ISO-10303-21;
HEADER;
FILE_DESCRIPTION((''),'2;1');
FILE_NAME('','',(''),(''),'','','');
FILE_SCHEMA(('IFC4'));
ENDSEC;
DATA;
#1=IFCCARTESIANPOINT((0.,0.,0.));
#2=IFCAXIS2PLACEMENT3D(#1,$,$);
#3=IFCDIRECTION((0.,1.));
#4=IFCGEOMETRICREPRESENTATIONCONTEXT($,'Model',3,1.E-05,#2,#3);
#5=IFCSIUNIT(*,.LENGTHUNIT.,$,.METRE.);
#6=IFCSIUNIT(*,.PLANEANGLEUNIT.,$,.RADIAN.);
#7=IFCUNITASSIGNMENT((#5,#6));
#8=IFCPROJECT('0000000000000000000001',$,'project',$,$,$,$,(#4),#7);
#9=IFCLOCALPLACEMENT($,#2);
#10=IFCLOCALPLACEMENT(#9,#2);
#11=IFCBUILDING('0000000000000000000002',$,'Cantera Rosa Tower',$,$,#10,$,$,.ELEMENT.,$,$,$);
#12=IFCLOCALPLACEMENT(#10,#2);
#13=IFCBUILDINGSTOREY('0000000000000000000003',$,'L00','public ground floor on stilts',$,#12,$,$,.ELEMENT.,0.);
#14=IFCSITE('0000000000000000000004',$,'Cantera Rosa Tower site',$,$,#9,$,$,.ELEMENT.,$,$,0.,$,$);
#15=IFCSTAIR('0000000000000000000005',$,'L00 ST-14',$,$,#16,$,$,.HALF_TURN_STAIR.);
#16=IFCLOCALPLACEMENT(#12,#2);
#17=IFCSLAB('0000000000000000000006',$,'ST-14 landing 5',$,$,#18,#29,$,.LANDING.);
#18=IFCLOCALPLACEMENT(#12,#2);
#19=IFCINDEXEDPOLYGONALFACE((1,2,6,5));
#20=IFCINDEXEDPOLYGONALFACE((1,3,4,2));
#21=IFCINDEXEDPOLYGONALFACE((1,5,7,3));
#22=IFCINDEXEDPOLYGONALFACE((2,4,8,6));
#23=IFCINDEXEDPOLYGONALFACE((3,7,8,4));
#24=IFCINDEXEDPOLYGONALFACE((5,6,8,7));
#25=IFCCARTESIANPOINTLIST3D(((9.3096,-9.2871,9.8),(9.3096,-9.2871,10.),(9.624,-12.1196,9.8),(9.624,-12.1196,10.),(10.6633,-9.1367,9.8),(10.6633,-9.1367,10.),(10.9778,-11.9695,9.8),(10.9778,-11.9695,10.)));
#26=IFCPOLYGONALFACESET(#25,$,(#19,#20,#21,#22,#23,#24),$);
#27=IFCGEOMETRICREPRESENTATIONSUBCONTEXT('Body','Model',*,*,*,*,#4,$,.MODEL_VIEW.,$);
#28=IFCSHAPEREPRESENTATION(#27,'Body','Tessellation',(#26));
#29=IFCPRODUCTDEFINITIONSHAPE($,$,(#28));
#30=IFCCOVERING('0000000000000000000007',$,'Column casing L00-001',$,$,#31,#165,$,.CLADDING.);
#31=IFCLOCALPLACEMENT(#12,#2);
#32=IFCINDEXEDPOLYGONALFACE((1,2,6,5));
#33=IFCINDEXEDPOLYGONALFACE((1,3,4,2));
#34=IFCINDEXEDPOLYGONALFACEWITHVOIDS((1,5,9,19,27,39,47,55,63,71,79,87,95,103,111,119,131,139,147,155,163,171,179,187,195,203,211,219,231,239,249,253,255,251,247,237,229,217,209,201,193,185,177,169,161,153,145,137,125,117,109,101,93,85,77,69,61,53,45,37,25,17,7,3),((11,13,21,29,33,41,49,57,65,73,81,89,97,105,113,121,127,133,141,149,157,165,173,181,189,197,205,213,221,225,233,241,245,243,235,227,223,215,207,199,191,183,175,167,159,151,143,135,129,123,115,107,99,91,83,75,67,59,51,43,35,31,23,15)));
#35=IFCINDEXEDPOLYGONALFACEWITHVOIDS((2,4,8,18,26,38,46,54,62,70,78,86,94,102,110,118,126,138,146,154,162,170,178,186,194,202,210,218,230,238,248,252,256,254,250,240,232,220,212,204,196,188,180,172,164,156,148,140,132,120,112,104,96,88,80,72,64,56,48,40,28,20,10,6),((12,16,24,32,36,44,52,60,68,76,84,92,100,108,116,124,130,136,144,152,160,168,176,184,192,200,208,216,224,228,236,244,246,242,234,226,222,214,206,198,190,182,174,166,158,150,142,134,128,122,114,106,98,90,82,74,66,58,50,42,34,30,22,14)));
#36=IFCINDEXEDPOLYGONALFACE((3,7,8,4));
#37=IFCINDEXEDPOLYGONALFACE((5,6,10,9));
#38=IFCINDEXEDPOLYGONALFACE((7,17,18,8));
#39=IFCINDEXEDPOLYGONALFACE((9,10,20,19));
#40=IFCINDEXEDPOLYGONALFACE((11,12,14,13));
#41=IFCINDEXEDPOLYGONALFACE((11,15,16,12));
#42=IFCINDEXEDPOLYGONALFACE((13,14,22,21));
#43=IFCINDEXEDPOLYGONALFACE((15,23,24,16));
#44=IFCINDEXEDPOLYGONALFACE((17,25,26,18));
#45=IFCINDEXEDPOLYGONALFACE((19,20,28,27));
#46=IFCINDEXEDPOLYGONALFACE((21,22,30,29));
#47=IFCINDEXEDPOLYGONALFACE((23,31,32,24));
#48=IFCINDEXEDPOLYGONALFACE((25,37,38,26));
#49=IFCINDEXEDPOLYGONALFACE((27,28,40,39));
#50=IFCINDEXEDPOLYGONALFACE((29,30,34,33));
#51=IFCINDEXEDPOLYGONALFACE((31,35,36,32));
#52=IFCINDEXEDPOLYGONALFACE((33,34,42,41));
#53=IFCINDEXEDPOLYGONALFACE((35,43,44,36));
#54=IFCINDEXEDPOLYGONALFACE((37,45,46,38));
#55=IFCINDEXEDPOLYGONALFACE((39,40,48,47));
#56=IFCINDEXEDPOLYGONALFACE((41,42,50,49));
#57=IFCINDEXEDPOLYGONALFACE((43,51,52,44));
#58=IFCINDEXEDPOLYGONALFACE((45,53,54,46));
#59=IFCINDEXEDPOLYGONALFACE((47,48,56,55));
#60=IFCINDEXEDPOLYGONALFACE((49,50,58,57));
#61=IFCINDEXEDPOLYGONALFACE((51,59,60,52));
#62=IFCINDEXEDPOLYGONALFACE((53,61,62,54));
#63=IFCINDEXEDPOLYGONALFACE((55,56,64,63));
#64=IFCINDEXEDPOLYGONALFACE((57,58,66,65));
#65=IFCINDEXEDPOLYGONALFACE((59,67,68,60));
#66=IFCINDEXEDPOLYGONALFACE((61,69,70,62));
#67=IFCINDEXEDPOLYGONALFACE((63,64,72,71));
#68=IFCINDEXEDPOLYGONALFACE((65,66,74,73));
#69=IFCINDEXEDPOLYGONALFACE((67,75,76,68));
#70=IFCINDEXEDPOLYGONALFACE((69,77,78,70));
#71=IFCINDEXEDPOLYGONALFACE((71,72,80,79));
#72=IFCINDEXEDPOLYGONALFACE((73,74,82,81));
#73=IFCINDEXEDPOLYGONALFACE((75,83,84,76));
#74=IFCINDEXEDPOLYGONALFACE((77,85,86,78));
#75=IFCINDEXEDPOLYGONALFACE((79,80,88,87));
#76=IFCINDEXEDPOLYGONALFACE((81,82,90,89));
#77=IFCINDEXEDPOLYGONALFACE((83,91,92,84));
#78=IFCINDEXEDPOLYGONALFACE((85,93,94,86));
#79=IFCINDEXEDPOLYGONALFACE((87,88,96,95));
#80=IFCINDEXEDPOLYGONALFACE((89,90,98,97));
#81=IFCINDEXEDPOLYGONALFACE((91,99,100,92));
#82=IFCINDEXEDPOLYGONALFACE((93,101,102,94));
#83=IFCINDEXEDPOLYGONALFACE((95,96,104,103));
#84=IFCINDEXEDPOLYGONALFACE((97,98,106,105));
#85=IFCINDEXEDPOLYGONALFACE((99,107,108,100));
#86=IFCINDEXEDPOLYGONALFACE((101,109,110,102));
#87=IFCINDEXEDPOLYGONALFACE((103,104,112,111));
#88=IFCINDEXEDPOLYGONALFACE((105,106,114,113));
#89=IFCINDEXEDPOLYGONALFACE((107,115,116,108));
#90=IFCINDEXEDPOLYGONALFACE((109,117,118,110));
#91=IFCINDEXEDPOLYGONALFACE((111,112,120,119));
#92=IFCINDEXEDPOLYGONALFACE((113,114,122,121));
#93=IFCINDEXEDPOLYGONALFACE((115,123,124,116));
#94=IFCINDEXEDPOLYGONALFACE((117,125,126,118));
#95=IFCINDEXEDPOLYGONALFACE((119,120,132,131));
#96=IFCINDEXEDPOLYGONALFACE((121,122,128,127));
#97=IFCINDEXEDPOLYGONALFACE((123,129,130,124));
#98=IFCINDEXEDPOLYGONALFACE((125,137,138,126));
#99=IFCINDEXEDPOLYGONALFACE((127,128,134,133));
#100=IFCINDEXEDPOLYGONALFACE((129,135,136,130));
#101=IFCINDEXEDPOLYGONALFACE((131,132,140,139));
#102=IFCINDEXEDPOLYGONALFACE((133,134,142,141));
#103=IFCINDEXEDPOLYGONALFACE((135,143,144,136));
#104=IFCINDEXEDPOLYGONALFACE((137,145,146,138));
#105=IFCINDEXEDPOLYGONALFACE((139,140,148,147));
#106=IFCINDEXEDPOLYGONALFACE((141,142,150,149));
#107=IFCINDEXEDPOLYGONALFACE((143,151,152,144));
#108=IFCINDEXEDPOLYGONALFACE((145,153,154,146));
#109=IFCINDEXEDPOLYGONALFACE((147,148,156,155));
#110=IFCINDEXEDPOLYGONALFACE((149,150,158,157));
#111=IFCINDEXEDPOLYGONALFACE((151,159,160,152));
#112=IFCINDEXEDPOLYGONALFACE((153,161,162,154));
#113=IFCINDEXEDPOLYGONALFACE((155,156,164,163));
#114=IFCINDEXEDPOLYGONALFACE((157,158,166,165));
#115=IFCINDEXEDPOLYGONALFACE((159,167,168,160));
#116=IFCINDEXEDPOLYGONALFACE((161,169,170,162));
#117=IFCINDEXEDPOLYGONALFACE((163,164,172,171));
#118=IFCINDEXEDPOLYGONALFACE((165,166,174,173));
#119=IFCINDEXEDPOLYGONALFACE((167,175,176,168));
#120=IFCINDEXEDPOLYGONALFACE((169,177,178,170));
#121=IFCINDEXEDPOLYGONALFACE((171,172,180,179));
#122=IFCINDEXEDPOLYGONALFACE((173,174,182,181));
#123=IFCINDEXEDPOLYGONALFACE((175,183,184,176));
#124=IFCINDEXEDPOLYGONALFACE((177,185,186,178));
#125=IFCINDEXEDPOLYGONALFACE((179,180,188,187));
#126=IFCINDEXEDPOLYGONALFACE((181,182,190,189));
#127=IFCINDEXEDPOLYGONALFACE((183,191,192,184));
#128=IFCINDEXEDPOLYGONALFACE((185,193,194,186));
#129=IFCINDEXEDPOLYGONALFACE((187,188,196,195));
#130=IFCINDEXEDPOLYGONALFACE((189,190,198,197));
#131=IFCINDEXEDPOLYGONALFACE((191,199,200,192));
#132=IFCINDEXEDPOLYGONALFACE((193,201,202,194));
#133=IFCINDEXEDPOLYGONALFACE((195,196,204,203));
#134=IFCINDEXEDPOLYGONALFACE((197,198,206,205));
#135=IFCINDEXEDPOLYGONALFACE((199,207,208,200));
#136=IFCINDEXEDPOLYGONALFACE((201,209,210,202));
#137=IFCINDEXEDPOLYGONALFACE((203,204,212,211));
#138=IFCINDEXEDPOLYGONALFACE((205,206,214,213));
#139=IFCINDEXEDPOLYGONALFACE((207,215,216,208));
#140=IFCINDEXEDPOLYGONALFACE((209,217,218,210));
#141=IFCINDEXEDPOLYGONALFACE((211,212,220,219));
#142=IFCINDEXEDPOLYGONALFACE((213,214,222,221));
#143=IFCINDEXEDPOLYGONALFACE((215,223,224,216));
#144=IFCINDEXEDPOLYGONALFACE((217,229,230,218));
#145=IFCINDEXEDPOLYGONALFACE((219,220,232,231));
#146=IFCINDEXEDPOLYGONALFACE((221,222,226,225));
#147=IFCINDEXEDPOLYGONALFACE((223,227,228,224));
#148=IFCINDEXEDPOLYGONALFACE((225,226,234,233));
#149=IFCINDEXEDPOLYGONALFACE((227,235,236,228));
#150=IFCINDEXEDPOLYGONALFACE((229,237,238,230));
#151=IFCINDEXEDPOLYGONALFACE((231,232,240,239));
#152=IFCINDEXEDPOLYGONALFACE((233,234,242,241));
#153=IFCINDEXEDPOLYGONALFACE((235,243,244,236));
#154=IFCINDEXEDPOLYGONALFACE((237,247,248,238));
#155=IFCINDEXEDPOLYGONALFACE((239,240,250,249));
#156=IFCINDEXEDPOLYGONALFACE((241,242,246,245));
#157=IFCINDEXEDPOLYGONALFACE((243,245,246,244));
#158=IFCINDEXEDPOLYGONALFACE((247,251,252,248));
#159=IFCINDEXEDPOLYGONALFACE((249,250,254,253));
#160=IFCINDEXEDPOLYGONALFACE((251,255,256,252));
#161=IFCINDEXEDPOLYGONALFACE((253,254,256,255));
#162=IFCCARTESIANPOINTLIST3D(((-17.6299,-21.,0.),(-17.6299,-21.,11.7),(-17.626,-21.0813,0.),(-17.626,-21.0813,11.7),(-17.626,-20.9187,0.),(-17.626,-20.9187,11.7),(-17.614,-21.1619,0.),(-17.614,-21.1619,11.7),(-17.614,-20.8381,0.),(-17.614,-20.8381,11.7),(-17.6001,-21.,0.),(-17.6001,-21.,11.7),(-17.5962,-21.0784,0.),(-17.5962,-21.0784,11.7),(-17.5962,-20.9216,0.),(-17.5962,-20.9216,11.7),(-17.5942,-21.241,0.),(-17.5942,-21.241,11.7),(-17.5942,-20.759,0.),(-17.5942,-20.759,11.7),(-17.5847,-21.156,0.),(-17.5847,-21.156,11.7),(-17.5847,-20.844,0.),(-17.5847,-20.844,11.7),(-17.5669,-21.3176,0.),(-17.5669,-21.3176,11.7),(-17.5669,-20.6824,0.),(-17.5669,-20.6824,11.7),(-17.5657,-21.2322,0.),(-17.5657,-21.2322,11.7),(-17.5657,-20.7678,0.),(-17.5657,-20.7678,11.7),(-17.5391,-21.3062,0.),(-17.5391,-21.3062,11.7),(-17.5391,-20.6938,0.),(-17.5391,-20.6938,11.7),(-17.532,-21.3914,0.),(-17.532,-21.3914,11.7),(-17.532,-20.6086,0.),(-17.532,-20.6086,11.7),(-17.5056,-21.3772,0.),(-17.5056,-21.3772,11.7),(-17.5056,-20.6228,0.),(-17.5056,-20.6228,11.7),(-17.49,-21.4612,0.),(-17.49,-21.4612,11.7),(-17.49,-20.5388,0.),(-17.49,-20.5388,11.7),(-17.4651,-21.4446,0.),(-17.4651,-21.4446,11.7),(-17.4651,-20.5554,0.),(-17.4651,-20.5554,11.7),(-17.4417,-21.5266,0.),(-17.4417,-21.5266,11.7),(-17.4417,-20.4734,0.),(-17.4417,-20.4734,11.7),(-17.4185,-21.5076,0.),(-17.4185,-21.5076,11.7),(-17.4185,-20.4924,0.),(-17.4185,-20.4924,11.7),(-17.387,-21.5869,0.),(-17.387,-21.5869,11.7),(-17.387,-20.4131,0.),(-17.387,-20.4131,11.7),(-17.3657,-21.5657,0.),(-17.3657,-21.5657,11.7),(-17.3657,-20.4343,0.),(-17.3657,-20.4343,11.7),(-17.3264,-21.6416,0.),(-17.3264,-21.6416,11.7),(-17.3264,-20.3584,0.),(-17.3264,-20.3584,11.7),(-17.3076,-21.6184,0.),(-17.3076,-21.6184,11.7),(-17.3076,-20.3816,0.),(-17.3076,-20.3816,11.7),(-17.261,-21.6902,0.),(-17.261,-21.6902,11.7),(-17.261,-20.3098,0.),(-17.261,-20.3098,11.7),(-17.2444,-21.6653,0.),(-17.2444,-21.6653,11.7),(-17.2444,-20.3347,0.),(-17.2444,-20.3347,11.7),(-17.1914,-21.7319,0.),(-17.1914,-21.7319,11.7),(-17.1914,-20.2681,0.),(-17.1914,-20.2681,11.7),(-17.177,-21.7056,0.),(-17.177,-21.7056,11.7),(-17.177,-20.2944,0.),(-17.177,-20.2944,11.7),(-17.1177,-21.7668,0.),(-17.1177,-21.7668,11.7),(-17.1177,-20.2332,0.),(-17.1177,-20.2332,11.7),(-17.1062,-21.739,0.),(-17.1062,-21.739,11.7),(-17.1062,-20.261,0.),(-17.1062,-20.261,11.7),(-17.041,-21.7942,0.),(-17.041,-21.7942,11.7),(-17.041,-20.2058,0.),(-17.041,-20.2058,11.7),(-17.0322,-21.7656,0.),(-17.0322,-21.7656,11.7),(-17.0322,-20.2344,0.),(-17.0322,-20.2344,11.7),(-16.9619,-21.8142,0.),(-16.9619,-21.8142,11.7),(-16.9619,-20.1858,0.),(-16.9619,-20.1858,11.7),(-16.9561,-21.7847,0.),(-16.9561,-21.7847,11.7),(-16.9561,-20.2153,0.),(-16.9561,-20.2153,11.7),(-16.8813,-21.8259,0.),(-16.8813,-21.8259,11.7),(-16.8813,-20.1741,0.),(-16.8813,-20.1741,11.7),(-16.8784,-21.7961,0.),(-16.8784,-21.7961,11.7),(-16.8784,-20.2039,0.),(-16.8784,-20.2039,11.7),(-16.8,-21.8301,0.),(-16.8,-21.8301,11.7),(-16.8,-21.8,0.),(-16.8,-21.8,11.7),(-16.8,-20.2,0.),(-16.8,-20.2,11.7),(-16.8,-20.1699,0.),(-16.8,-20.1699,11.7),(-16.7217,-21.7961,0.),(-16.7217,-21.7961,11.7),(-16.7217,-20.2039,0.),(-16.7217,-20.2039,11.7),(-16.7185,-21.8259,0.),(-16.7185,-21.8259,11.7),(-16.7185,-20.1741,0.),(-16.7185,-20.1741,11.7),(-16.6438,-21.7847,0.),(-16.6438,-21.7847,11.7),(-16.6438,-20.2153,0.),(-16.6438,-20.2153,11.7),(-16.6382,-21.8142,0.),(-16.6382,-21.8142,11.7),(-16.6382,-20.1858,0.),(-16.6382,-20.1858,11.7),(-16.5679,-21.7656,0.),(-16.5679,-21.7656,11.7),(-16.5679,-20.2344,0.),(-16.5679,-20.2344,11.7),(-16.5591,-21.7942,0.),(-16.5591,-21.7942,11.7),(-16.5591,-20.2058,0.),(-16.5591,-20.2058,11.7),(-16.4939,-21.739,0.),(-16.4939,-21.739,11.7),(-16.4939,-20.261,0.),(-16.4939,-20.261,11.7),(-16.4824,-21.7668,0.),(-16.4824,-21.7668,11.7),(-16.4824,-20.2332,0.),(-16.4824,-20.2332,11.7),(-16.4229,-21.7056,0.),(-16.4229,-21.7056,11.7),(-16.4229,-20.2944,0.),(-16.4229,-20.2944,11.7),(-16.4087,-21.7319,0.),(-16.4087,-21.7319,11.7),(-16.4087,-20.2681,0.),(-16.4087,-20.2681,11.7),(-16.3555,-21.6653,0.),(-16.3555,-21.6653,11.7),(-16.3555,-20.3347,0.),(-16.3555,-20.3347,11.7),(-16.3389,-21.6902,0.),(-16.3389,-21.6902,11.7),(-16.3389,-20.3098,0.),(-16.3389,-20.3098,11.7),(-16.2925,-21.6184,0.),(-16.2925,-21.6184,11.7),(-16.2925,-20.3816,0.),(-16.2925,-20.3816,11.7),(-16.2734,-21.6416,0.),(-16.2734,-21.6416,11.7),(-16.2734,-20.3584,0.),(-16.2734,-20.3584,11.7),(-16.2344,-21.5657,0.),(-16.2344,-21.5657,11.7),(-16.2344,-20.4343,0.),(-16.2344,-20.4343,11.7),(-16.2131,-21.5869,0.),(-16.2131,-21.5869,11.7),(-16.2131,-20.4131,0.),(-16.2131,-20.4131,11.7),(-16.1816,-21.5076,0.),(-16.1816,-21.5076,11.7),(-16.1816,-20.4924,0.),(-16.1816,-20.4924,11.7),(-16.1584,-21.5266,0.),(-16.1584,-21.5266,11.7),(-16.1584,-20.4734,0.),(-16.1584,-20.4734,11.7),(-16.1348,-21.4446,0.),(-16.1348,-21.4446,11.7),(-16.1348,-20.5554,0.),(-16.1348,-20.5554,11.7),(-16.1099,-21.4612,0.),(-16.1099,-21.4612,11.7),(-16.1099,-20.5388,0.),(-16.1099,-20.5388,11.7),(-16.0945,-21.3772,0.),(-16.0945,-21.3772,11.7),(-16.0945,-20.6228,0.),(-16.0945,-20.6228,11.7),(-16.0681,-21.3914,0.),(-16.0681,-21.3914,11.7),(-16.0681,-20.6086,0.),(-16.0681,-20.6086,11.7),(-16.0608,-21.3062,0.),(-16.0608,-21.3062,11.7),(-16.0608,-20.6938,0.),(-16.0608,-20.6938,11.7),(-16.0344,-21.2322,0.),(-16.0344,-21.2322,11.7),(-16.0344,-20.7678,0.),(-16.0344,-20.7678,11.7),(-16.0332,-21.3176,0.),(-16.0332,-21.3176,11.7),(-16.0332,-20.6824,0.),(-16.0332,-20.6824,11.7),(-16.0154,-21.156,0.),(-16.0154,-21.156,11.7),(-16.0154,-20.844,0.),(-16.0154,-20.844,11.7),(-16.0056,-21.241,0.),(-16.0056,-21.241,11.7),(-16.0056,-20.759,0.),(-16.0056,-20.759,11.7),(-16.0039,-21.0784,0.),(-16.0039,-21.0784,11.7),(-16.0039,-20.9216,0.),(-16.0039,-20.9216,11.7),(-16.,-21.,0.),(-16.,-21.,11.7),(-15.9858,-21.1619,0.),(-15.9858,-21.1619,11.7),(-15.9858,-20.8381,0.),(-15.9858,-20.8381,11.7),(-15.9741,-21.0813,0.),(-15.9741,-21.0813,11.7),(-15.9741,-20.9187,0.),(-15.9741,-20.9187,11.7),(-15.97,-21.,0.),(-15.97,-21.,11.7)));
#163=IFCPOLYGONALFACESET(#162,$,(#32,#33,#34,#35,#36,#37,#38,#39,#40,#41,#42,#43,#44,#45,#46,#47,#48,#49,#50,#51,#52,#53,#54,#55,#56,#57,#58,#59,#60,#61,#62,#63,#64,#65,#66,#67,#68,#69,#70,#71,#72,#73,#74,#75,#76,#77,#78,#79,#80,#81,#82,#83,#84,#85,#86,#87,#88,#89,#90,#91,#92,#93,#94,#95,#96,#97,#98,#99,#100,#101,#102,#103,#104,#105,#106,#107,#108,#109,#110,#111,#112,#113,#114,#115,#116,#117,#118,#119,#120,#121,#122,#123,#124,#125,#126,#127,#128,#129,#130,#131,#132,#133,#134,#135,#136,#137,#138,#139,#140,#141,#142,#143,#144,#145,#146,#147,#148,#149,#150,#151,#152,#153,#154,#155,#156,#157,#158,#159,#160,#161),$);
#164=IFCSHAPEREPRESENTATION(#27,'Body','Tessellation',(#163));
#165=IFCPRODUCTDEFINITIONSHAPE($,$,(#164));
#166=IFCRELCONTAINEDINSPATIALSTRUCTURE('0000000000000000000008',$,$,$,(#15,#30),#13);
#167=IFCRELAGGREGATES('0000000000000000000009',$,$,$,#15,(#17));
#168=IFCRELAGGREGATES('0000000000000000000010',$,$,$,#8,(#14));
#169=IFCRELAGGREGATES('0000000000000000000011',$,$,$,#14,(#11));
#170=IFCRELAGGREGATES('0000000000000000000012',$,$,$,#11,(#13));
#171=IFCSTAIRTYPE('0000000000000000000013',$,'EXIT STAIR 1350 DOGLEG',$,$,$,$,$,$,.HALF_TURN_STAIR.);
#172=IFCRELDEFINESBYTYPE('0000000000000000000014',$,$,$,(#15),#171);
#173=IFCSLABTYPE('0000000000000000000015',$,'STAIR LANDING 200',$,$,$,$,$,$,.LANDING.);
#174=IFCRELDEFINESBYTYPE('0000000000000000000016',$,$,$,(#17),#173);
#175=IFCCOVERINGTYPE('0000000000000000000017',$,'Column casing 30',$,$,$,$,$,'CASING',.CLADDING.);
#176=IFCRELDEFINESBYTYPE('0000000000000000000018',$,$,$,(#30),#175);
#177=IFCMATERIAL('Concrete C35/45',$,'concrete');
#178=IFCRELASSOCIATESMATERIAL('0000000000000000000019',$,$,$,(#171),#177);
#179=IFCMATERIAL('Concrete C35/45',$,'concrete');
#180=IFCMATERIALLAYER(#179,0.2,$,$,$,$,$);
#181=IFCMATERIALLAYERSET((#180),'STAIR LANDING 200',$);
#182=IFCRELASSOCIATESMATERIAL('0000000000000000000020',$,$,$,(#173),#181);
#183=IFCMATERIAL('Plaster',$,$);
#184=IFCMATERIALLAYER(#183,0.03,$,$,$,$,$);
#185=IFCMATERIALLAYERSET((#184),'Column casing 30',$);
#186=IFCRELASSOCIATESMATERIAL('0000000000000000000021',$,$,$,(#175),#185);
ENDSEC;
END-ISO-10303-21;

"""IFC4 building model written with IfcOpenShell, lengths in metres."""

from ifc_helpers import new_model, si_unit, direction, frame, origin, place, context, subcontext, project, spatial, polyline, outline, extrude, material, layer, layer_set, type_object, element, aggregate, save


model = new_model("IFC4")

# Units and contexts
model_context = context("Model", 3, precision=1e-05, world=origin(), true_north=direction((0.0, 1.0)))
body_context = subcontext(model_context, "Body", "Model", "MODEL_VIEW")
ifc_project = project(units=[si_unit("LENGTHUNIT", "METRE"), si_unit("PLANEANGLEUNIT", "RADIAN")], contexts=[model_context])

# Site, building, storey
site_placement = place(None, origin())
site = spatial("IfcSite", under=ifc_project, at=site_placement, Name="Cantera Rosa Tower site", CompositionType="ELEMENT", RefElevation=0.0)
building_placement = place(site_placement, origin())
building = spatial("IfcBuilding", under=site, at=building_placement, Name="Cantera Rosa Tower", CompositionType="ELEMENT")
storey_placement = place(building_placement, origin())
storey = spatial("IfcBuildingStorey", under=building, at=storey_placement, Name="L00", Description="public ground floor on stilts", CompositionType="ELEMENT", Elevation=0.0)

# Shared definitions
ifc_material_1 = material(Name="Concrete C35/45", Category="concrete")
stair_type = type_object("IfcStairType", Name="EXIT STAIR 1350 DOGLEG", PredefinedType="HALF_TURN_STAIR", material=ifc_material_1)
ifc_material_2 = material(Name="Concrete C35/45", Category="concrete")
ifc_layer_1 = layer(ifc_material_2, 0.2)
ifc_layer_set_1 = layer_set([ifc_layer_1], Name="STAIR LANDING 200")
slab_type = type_object("IfcSlabType", Name="STAIR LANDING 200", PredefinedType="LANDING", material=ifc_layer_set_1)

# Stair, slab
stair_1_placement = place(storey_placement, origin())
stair_1 = element("IfcStair", 1, at=stair_1_placement, inside=storey, type_object=stair_type, Name="L00 ST-14", PredefinedType="HALF_TURN_STAIR")
slab_1_placement = place(storey_placement, frame((0.0, 0.0, 9.8)))
slab_1 = element("IfcSlab", 2, at=slab_1_placement, type_object=slab_type, Name="ST-14 landing 5", PredefinedType="LANDING", context=body_context, shape_type="SweptSolid", body=[
    extrude(outline(polyline([(10.6633, -9.1367), (9.3096, -9.2871), (9.624, -12.1196), (10.9778, -11.9695), (10.6633, -9.1367)])), origin(), (0.0, 0.0, 1.0), 0.2),
])
aggregate(stair_1, [slab_1])

# Covering
ifc_material_3 = material(Name="Plaster")
ifc_layer_2 = layer(ifc_material_3, 0.03)
ifc_layer_set_2 = layer_set([ifc_layer_2], Name="Column casing 30")
covering_type = type_object("IfcCoveringType", Name="Column casing 30", ElementType="CASING", PredefinedType="CLADDING", material=ifc_layer_set_2)
covering_1_placement = place(storey_placement, origin())
element("IfcCovering", 3, at=covering_1_placement, inside=storey, type_object=covering_type, Name="Column casing L00-001", PredefinedType="CLADDING", context=body_context, shape_type="SweptSolid", body=[
    extrude(outline(polyline([(-15.9741, -21.0813), (-15.97, -21.0), (-15.9741, -20.9187), (-15.9858, -20.8381), (-16.0056, -20.759), (-16.0332, -20.6824), (-16.0681, -20.6086), (-16.1099, -20.5388), (-16.1584, -20.4734), (-16.2131, -20.4131), (-16.2734, -20.3584), (-16.3389, -20.3098), (-16.4087, -20.2681), (-16.4824, -20.2332), (-16.5591, -20.2058), (-16.6382, -20.1858), (-16.7185, -20.1741), (-16.8, -20.1699), (-16.8813, -20.1741), (-16.9619, -20.1858), (-17.041, -20.2058), (-17.1177, -20.2332), (-17.1914, -20.2681), (-17.261, -20.3098), (-17.3264, -20.3584), (-17.387, -20.4131), (-17.4417, -20.4734), (-17.49, -20.5388), (-17.532, -20.6086), (-17.5669, -20.6824), (-17.5942, -20.759), (-17.614, -20.8381), (-17.626, -20.9187), (-17.6299, -21.0), (-17.626, -21.0813), (-17.614, -21.1619), (-17.5942, -21.241), (-17.5669, -21.3176), (-17.532, -21.3914), (-17.49, -21.4612), (-17.4417, -21.5266), (-17.387, -21.5869), (-17.3264, -21.6416), (-17.261, -21.6902), (-17.1914, -21.7319), (-17.1177, -21.7668), (-17.041, -21.7942), (-16.9619, -21.8142), (-16.8813, -21.8259), (-16.8, -21.8301), (-16.7185, -21.8259), (-16.6382, -21.8142), (-16.5591, -21.7942), (-16.4824, -21.7668), (-16.4087, -21.7319), (-16.3389, -21.6902), (-16.2734, -21.6416), (-16.2131, -21.5869), (-16.1584, -21.5266), (-16.1099, -21.4612), (-16.0681, -21.3914), (-16.0332, -21.3176), (-16.0056, -21.241), (-15.9858, -21.1619), (-15.9741, -21.0813)]), holes=[polyline([(-16.0039, -20.9216), (-16.0154, -20.844), (-16.0344, -20.7678), (-16.0608, -20.6938), (-16.0945, -20.6228), (-16.1348, -20.5554), (-16.1816, -20.4924), (-16.2344, -20.4343), (-16.2925, -20.3816), (-16.3555, -20.3347), (-16.4229, -20.2944), (-16.4939, -20.261), (-16.5679, -20.2344), (-16.6438, -20.2153), (-16.7217, -20.2039), (-16.8, -20.2), (-16.8784, -20.2039), (-16.9561, -20.2153), (-17.0322, -20.2344), (-17.1062, -20.261), (-17.177, -20.2944), (-17.2444, -20.3347), (-17.3076, -20.3816), (-17.3657, -20.4343), (-17.4185, -20.4924), (-17.4651, -20.5554), (-17.5056, -20.6228), (-17.5391, -20.6938), (-17.5657, -20.7678), (-17.5847, -20.844), (-17.5962, -20.9216), (-17.6001, -21.0), (-17.5962, -21.0784), (-17.5847, -21.156), (-17.5657, -21.2322), (-17.5391, -21.3062), (-17.5056, -21.3772), (-17.4651, -21.4446), (-17.4185, -21.5076), (-17.3657, -21.5657), (-17.3076, -21.6184), (-17.2444, -21.6653), (-17.177, -21.7056), (-17.1062, -21.739), (-17.0322, -21.7656), (-16.9561, -21.7847), (-16.8784, -21.7961), (-16.8, -21.8), (-16.7217, -21.7961), (-16.6438, -21.7847), (-16.5679, -21.7656), (-16.4939, -21.739), (-16.4229, -21.7056), (-16.3555, -21.6653), (-16.2925, -21.6184), (-16.2344, -21.5657), (-16.1816, -21.5076), (-16.1348, -21.4446), (-16.0945, -21.3772), (-16.0608, -21.3062), (-16.0344, -21.2322), (-16.0154, -21.156), (-16.0039, -21.0784), (-16.0, -21.0), (-16.0039, -20.9216)])]), origin(), (0.0, 0.0, 1.0), 11.7),
])

save(model, "model.ifc")
